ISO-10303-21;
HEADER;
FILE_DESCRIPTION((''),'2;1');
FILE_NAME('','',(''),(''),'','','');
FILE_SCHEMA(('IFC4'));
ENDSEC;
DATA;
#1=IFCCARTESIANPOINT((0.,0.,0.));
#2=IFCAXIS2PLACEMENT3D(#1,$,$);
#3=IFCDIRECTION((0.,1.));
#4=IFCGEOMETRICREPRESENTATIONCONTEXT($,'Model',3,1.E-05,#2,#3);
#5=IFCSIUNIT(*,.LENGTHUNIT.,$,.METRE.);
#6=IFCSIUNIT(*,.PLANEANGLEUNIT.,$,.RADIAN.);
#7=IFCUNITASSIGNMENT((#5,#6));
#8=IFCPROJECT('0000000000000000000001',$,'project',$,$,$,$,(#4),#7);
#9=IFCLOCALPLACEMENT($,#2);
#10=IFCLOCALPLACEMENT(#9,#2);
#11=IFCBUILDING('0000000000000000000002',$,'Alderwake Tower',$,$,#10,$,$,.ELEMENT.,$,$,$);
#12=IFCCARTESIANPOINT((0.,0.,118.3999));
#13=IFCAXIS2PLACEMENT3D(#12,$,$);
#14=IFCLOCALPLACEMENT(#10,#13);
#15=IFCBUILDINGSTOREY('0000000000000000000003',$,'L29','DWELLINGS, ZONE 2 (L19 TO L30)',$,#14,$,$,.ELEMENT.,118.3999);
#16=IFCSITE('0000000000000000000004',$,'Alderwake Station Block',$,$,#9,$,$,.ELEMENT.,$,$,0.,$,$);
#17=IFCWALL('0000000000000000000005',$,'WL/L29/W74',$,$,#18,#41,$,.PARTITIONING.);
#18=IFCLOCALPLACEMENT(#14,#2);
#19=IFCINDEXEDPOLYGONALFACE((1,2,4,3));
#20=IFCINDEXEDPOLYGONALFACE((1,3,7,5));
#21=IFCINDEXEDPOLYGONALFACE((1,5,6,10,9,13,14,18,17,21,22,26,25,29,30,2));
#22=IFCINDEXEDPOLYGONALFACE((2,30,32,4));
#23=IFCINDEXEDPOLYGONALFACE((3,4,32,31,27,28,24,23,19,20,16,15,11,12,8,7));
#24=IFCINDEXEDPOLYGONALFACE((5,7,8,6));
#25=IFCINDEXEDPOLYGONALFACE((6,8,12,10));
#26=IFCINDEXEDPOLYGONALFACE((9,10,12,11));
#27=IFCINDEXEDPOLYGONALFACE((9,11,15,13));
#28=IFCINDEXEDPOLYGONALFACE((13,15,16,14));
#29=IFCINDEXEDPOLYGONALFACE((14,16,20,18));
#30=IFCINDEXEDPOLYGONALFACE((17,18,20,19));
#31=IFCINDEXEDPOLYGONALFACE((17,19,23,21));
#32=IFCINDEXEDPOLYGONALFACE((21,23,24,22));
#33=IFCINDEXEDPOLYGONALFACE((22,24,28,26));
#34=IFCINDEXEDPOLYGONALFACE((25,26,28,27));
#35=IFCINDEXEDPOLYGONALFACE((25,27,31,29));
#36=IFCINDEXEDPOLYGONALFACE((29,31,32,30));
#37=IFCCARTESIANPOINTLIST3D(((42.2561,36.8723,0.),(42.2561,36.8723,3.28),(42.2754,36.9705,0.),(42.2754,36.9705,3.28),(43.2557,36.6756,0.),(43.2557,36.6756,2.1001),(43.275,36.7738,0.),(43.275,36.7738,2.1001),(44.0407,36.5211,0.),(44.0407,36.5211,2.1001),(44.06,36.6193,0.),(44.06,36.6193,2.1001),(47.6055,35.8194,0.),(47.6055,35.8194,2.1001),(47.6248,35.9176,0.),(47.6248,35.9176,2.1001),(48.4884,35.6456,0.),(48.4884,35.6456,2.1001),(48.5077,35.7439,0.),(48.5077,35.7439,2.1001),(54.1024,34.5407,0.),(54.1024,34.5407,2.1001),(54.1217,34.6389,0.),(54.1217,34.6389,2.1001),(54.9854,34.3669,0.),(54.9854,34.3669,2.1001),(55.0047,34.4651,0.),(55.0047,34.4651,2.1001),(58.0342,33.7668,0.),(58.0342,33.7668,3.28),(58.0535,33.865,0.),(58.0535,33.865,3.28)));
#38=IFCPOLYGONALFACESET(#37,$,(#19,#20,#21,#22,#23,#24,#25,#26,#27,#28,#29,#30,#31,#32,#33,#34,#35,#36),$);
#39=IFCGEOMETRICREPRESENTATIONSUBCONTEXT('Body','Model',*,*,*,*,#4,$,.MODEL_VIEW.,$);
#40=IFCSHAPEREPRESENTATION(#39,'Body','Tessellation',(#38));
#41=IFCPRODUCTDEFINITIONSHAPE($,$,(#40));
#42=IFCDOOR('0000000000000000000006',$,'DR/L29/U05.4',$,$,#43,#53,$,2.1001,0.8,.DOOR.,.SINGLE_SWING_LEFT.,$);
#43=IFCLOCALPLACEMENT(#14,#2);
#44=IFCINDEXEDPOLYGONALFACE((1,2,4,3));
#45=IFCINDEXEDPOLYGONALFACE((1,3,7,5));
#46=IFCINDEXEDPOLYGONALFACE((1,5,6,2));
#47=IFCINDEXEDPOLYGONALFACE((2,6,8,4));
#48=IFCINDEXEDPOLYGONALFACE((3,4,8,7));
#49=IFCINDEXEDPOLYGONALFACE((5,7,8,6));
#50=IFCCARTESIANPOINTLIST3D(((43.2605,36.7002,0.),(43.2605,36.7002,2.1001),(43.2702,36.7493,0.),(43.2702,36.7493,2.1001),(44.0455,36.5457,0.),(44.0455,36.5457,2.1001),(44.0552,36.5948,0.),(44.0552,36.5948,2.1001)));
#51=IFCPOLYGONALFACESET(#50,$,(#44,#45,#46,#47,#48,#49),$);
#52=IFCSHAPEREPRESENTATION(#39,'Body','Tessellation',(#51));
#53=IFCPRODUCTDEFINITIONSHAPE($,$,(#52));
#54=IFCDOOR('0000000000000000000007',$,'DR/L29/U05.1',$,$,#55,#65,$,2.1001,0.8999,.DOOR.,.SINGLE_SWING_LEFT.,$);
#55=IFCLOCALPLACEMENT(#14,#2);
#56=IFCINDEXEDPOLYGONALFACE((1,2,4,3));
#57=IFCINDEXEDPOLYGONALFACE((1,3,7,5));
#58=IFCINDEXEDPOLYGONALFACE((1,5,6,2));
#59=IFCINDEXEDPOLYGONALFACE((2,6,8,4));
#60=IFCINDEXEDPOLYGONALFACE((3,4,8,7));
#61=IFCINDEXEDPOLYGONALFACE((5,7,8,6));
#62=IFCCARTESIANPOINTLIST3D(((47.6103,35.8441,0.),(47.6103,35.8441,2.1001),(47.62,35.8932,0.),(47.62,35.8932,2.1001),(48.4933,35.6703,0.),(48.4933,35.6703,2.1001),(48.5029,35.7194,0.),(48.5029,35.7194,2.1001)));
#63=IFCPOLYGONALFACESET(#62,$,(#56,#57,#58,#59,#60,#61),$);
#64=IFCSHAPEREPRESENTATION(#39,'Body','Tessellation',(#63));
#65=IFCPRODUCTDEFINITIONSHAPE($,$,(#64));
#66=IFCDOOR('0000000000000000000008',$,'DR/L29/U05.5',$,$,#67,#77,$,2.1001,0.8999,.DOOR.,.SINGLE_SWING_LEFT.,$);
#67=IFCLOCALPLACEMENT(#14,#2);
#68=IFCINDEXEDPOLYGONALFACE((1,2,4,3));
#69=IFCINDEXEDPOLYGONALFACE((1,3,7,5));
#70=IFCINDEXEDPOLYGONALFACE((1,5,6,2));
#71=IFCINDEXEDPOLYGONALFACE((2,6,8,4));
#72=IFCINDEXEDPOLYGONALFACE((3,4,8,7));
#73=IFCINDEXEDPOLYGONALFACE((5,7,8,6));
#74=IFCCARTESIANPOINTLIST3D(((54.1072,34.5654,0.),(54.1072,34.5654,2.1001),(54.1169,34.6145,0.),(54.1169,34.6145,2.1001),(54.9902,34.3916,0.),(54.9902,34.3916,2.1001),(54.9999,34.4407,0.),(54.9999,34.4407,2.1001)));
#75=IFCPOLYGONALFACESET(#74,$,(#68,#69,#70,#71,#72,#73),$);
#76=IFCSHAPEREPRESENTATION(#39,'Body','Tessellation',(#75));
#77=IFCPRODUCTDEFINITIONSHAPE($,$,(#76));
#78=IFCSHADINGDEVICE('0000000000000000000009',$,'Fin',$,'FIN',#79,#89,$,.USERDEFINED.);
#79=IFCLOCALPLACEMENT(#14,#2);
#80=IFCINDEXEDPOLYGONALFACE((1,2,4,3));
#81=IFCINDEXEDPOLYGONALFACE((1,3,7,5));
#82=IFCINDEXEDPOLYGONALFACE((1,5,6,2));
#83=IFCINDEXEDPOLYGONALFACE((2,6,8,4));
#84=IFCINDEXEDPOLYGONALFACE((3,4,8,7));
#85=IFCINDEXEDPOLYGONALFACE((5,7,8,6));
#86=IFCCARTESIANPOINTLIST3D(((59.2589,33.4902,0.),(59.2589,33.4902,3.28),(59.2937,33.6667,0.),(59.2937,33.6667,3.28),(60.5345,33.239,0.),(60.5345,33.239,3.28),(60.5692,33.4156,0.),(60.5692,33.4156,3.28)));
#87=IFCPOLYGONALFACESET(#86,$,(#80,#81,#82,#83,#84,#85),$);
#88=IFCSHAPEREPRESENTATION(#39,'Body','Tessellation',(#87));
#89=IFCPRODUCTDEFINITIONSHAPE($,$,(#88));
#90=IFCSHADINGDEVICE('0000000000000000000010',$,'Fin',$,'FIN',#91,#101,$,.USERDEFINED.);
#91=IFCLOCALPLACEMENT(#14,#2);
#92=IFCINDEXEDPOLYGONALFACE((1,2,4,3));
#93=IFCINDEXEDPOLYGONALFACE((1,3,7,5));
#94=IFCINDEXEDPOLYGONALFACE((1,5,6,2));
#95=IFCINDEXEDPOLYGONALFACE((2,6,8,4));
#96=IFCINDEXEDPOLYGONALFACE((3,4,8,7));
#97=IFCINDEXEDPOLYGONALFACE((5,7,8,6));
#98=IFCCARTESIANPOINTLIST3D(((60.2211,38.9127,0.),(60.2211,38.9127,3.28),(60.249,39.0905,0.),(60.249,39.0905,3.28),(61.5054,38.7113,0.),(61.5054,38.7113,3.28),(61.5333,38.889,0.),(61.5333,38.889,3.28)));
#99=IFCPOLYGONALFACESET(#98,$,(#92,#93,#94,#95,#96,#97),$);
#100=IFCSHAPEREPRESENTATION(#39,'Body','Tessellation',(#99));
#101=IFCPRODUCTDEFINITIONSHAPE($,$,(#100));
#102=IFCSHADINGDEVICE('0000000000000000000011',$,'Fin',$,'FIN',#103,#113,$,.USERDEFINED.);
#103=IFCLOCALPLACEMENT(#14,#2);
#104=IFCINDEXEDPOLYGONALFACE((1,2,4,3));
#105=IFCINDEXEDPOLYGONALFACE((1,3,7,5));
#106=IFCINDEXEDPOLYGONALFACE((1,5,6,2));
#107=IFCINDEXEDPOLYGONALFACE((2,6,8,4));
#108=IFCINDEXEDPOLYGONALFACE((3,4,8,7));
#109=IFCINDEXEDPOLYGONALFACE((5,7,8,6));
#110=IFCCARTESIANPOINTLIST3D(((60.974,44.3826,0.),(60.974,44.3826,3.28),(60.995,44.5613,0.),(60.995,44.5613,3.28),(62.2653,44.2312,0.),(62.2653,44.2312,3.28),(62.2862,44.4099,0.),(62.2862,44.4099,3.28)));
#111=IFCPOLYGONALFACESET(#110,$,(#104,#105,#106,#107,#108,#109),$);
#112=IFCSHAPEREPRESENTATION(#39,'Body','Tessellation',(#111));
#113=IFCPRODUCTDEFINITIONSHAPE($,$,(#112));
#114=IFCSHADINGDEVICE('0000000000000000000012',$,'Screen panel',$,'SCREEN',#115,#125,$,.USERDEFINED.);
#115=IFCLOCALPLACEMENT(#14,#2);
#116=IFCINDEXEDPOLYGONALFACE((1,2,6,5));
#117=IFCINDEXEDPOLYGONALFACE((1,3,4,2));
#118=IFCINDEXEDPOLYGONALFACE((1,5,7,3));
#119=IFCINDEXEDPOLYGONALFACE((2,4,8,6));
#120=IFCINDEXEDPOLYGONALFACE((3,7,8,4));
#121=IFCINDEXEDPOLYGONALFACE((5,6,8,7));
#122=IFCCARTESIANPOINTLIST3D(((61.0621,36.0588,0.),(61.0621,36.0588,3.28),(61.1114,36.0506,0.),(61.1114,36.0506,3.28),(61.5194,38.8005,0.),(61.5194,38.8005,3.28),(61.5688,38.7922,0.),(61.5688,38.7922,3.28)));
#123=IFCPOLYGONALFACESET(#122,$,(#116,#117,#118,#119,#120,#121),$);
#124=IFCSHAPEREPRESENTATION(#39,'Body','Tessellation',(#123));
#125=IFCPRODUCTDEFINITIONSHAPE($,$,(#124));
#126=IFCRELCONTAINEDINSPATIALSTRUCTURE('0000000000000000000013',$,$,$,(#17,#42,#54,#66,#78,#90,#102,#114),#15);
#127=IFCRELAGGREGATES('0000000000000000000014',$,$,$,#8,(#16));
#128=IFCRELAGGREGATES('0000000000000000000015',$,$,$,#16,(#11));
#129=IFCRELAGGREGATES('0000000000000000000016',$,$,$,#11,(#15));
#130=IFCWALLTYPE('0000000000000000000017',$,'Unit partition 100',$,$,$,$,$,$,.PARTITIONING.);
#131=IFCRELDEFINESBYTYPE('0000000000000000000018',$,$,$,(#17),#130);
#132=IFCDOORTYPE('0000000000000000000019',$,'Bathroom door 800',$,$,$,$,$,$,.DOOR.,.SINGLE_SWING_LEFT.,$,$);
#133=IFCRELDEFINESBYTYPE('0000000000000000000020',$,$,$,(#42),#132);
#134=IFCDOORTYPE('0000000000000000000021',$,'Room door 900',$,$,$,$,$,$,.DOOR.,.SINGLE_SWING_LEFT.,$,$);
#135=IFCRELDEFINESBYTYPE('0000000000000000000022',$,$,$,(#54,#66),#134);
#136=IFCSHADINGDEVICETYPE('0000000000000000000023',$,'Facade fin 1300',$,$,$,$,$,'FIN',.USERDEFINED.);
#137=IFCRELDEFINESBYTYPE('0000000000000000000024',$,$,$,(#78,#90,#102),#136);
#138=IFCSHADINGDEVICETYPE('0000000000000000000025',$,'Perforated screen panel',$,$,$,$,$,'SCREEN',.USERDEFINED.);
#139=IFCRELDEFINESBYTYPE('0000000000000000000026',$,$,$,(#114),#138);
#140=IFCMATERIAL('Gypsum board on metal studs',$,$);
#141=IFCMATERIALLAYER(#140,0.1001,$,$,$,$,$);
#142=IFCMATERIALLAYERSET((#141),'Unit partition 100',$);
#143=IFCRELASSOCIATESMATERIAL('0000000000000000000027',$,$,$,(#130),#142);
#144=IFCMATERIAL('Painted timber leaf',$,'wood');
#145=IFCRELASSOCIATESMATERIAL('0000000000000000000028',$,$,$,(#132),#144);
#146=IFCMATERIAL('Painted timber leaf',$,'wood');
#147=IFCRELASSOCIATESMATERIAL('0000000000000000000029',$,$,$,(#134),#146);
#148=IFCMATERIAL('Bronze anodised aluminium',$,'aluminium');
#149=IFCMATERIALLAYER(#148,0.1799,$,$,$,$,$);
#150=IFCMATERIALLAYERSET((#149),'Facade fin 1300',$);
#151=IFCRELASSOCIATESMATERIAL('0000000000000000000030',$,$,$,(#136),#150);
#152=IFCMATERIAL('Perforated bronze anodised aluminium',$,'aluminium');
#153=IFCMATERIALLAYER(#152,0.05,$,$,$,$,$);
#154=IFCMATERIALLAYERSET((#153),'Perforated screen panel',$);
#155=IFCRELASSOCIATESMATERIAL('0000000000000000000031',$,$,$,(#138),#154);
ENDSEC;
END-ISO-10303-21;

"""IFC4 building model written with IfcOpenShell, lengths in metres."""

from ifc_helpers import new_model, si_unit, direction, frame, frame_2d, origin, origin_2d, place, context, subcontext, project, spatial, rectangle, extrude, material, layer, layer_set, type_object, element, fill, save


model = new_model("IFC4")

# Units and contexts
model_context = context("Model", 3, precision=1e-05, world=origin(), true_north=direction((0.0, 1.0)))
body_context = subcontext(model_context, "Body", "Model", "MODEL_VIEW")
ifc_project = project(units=[si_unit("LENGTHUNIT", "METRE"), si_unit("PLANEANGLEUNIT", "RADIAN")], contexts=[model_context])

# Site, building, storey
site_placement = place(None, origin())
site = spatial("IfcSite", under=ifc_project, at=site_placement, Name="Alderwake Station Block", CompositionType="ELEMENT", RefElevation=0.0)
building_placement = place(site_placement, origin())
building = spatial("IfcBuilding", under=site, at=building_placement, Name="Alderwake Tower", CompositionType="ELEMENT")
storey_placement = place(building_placement, frame((0.0, 0.0, 118.3999)))
storey = spatial("IfcBuildingStorey", under=building, at=storey_placement, Name="L29", Description="DWELLINGS, ZONE 2 (L19 TO L30)", CompositionType="ELEMENT", Elevation=118.3999)

# Wall, openings, doors
ifc_material_1 = material(Name="Gypsum board on metal studs")
ifc_layer_1 = layer(ifc_material_1, 0.1001)
ifc_layer_set_1 = layer_set([ifc_layer_1], Name="Unit partition 100")
wall_type_1 = type_object("IfcWallType", Name="Unit partition 100", PredefinedType="PARTITIONING", material=ifc_layer_set_1)
ifc_material_2 = material(Name="Painted timber leaf", Category="wood")
door_type_1 = type_object("IfcDoorType", Name="Bathroom door 800", OperationType="SINGLE_SWING_LEFT", PredefinedType="DOOR", material=ifc_material_2)
ifc_material_3 = material(Name="Painted timber leaf", Category="wood")
door_type_2 = type_object("IfcDoorType", Name="Room door 900", OperationType="SINGLE_SWING_LEFT", PredefinedType="DOOR", material=ifc_material_3)
wall_1_placement = place(storey_placement, frame((58.0439, 33.8159, 0.0), z_axis=(0.0, 0.0, 1.0), x_axis=(-0.981176, 0.193117, 0.0)))
wall_1 = element("IfcWall", 1, at=wall_1_placement, inside=storey, type_object=wall_type_1, Name="WL/L29/W74", PredefinedType="PARTITIONING", context=body_context, shape_type="SweptSolid", body=[
    extrude(rectangle(XDim=16.0808, YDim=0.1001, at=frame_2d((8.0405, 0.0))), origin(), (0.0, 0.0, 1.0), 3.28),
])
opening_1_placement = place(wall_1_placement, frame((9.729, 0.0, 0.0)))
opening_1 = element("IfcOpeningElement", 2, at=opening_1_placement, cuts=wall_1, PredefinedType="OPENING", context=body_context, shape_type="SweptSolid", body=[
    extrude(rectangle(XDim=0.8999, YDim=2.1001, at=frame_2d((0.45, 1.05))), frame((0.0, 0.0601, 0.0), z_axis=(0.0, -1.0, 0.0), x_axis=(1.0, 0.0, 0.0)), (0.0, 0.0, 1.0), 0.1201),
])
opening_2_placement = place(wall_1_placement, frame((14.2622, 0.0, 0.0)))
opening_2 = element("IfcOpeningElement", 3, at=opening_2_placement, cuts=wall_1, PredefinedType="OPENING", context=body_context, shape_type="SweptSolid", body=[
    extrude(rectangle(XDim=0.8, YDim=2.1001, at=frame_2d((0.3999, 1.05))), frame((0.0, 0.0601, 0.0), z_axis=(0.0, -1.0, 0.0), x_axis=(1.0, 0.0, 0.0)), (0.0, 0.0, 1.0), 0.1201),
])
opening_3_placement = place(wall_1_placement, frame((3.1074, 0.0, 0.0)))
opening_3 = element("IfcOpeningElement", 4, at=opening_3_placement, cuts=wall_1, PredefinedType="OPENING", context=body_context, shape_type="SweptSolid", body=[
    extrude(rectangle(XDim=0.8999, YDim=2.1001, at=frame_2d((0.45, 1.05))), frame((0.0, 0.0601, 0.0), z_axis=(0.0, -1.0, 0.0), x_axis=(1.0, 0.0, 0.0)), (0.0, 0.0, 1.0), 0.1201),
])
door_1_placement = place(opening_2_placement, origin())
door_1 = element("IfcDoor", 5, at=door_1_placement, inside=storey, type_object=door_type_1, Name="DR/L29/U05.4", OperationType="SINGLE_SWING_LEFT", OverallHeight=2.1001, OverallWidth=0.8, PredefinedType="DOOR", context=body_context, shape_type="SweptSolid", body=[
    extrude(rectangle(XDim=0.8, YDim=2.1001, at=frame_2d((0.3999, 1.05))), frame((0.0, 0.0249, 0.0), z_axis=(0.0, -1.0, 0.0), x_axis=(1.0, 0.0, 0.0)), (0.0, 0.0, 1.0), 0.05),
])
fill(opening_2, door_1)
door_2_placement = place(opening_1_placement, origin())
door_2 = element("IfcDoor", 6, at=door_2_placement, inside=storey, type_object=door_type_2, Name="DR/L29/U05.1", OperationType="SINGLE_SWING_LEFT", OverallHeight=2.1001, OverallWidth=0.8999, PredefinedType="DOOR", context=body_context, shape_type="SweptSolid", body=[
    extrude(rectangle(XDim=0.8999, YDim=2.1001, at=frame_2d((0.45, 1.05))), frame((0.0, 0.0249, 0.0), z_axis=(0.0, -1.0, 0.0), x_axis=(1.0, 0.0, 0.0)), (0.0, 0.0, 1.0), 0.05),
])
fill(opening_1, door_2)
door_3_placement = place(opening_3_placement, origin())
door_3 = element("IfcDoor", 7, at=door_3_placement, inside=storey, type_object=door_type_2, Name="DR/L29/U05.5", OperationType="SINGLE_SWING_LEFT", OverallHeight=2.1001, OverallWidth=0.8999, PredefinedType="DOOR", context=body_context, shape_type="SweptSolid", body=[
    extrude(rectangle(XDim=0.8999, YDim=2.1001, at=frame_2d((0.45, 1.05))), frame((0.0, 0.0249, 0.0), z_axis=(0.0, -1.0, 0.0), x_axis=(1.0, 0.0, 0.0)), (0.0, 0.0, 1.0), 0.05),
])
fill(opening_3, door_3)

# Shading devices
ifc_material_4 = material(Name="Bronze anodised aluminium", Category="aluminium")
ifc_layer_2 = layer(ifc_material_4, 0.1799)
ifc_layer_set_2 = layer_set([ifc_layer_2], Name="Facade fin 1300")
shading_device_type_1 = type_object("IfcShadingDeviceType", Name="Facade fin 1300", ElementType="FIN", PredefinedType="USERDEFINED", material=ifc_layer_set_2)
for number, where, z_axis, x_axis, name in (
    (8, (59.9141, 33.4529, 0.0), (0.0, 0.0, 1.0), (0.981164, -0.193178, 0.0), "Fin"),
    (9, (60.8772, 38.9009, 0.0), (0.0, 0.0, 1.0), (0.987919, -0.154972, 0.0), "Fin"),
    (10, (61.6301, 44.3962, 0.0), (0.0, 0.0, 1.0), (0.993198, -0.116435, 0.0), "Fin"),
):
    element("IfcShadingDevice", number, at=place(storey_placement, frame(where, z_axis=z_axis, x_axis=x_axis)), inside=storey, type_object=shading_device_type_1, Name=name, ObjectType="FIN", PredefinedType="USERDEFINED", context=body_context, shape_type="SweptSolid", body=[
        extrude(rectangle(XDim=1.3, YDim=0.1799, at=origin_2d()), origin(), (0.0, 0.0, 1.0), 3.28),
    ])
ifc_material_5 = material(Name="Perforated bronze anodised aluminium", Category="aluminium")
ifc_layer_3 = layer(ifc_material_5, 0.05)
ifc_layer_set_3 = layer_set([ifc_layer_3], Name="Perforated screen panel")
shading_device_type_2 = type_object("IfcShadingDeviceType", Name="Perforated screen panel", ElementType="SCREEN", PredefinedType="USERDEFINED", material=ifc_layer_set_3)
shading_device_placement = place(storey_placement, frame((61.3154, 37.4255, 0.0), z_axis=(0.0, 0.0, 1.0), x_axis=(0.986369, -0.164548, 0.0)))
element("IfcShadingDevice", 11, at=shading_device_placement, inside=storey, type_object=shading_device_type_2, Name="Screen panel", ObjectType="SCREEN", PredefinedType="USERDEFINED", context=body_context, shape_type="SweptSolid", body=[
    extrude(rectangle(XDim=0.05, YDim=2.7795, at=origin_2d()), origin(), (0.0, 0.0, 1.0), 3.28),
])

save(model, "model.ifc")
